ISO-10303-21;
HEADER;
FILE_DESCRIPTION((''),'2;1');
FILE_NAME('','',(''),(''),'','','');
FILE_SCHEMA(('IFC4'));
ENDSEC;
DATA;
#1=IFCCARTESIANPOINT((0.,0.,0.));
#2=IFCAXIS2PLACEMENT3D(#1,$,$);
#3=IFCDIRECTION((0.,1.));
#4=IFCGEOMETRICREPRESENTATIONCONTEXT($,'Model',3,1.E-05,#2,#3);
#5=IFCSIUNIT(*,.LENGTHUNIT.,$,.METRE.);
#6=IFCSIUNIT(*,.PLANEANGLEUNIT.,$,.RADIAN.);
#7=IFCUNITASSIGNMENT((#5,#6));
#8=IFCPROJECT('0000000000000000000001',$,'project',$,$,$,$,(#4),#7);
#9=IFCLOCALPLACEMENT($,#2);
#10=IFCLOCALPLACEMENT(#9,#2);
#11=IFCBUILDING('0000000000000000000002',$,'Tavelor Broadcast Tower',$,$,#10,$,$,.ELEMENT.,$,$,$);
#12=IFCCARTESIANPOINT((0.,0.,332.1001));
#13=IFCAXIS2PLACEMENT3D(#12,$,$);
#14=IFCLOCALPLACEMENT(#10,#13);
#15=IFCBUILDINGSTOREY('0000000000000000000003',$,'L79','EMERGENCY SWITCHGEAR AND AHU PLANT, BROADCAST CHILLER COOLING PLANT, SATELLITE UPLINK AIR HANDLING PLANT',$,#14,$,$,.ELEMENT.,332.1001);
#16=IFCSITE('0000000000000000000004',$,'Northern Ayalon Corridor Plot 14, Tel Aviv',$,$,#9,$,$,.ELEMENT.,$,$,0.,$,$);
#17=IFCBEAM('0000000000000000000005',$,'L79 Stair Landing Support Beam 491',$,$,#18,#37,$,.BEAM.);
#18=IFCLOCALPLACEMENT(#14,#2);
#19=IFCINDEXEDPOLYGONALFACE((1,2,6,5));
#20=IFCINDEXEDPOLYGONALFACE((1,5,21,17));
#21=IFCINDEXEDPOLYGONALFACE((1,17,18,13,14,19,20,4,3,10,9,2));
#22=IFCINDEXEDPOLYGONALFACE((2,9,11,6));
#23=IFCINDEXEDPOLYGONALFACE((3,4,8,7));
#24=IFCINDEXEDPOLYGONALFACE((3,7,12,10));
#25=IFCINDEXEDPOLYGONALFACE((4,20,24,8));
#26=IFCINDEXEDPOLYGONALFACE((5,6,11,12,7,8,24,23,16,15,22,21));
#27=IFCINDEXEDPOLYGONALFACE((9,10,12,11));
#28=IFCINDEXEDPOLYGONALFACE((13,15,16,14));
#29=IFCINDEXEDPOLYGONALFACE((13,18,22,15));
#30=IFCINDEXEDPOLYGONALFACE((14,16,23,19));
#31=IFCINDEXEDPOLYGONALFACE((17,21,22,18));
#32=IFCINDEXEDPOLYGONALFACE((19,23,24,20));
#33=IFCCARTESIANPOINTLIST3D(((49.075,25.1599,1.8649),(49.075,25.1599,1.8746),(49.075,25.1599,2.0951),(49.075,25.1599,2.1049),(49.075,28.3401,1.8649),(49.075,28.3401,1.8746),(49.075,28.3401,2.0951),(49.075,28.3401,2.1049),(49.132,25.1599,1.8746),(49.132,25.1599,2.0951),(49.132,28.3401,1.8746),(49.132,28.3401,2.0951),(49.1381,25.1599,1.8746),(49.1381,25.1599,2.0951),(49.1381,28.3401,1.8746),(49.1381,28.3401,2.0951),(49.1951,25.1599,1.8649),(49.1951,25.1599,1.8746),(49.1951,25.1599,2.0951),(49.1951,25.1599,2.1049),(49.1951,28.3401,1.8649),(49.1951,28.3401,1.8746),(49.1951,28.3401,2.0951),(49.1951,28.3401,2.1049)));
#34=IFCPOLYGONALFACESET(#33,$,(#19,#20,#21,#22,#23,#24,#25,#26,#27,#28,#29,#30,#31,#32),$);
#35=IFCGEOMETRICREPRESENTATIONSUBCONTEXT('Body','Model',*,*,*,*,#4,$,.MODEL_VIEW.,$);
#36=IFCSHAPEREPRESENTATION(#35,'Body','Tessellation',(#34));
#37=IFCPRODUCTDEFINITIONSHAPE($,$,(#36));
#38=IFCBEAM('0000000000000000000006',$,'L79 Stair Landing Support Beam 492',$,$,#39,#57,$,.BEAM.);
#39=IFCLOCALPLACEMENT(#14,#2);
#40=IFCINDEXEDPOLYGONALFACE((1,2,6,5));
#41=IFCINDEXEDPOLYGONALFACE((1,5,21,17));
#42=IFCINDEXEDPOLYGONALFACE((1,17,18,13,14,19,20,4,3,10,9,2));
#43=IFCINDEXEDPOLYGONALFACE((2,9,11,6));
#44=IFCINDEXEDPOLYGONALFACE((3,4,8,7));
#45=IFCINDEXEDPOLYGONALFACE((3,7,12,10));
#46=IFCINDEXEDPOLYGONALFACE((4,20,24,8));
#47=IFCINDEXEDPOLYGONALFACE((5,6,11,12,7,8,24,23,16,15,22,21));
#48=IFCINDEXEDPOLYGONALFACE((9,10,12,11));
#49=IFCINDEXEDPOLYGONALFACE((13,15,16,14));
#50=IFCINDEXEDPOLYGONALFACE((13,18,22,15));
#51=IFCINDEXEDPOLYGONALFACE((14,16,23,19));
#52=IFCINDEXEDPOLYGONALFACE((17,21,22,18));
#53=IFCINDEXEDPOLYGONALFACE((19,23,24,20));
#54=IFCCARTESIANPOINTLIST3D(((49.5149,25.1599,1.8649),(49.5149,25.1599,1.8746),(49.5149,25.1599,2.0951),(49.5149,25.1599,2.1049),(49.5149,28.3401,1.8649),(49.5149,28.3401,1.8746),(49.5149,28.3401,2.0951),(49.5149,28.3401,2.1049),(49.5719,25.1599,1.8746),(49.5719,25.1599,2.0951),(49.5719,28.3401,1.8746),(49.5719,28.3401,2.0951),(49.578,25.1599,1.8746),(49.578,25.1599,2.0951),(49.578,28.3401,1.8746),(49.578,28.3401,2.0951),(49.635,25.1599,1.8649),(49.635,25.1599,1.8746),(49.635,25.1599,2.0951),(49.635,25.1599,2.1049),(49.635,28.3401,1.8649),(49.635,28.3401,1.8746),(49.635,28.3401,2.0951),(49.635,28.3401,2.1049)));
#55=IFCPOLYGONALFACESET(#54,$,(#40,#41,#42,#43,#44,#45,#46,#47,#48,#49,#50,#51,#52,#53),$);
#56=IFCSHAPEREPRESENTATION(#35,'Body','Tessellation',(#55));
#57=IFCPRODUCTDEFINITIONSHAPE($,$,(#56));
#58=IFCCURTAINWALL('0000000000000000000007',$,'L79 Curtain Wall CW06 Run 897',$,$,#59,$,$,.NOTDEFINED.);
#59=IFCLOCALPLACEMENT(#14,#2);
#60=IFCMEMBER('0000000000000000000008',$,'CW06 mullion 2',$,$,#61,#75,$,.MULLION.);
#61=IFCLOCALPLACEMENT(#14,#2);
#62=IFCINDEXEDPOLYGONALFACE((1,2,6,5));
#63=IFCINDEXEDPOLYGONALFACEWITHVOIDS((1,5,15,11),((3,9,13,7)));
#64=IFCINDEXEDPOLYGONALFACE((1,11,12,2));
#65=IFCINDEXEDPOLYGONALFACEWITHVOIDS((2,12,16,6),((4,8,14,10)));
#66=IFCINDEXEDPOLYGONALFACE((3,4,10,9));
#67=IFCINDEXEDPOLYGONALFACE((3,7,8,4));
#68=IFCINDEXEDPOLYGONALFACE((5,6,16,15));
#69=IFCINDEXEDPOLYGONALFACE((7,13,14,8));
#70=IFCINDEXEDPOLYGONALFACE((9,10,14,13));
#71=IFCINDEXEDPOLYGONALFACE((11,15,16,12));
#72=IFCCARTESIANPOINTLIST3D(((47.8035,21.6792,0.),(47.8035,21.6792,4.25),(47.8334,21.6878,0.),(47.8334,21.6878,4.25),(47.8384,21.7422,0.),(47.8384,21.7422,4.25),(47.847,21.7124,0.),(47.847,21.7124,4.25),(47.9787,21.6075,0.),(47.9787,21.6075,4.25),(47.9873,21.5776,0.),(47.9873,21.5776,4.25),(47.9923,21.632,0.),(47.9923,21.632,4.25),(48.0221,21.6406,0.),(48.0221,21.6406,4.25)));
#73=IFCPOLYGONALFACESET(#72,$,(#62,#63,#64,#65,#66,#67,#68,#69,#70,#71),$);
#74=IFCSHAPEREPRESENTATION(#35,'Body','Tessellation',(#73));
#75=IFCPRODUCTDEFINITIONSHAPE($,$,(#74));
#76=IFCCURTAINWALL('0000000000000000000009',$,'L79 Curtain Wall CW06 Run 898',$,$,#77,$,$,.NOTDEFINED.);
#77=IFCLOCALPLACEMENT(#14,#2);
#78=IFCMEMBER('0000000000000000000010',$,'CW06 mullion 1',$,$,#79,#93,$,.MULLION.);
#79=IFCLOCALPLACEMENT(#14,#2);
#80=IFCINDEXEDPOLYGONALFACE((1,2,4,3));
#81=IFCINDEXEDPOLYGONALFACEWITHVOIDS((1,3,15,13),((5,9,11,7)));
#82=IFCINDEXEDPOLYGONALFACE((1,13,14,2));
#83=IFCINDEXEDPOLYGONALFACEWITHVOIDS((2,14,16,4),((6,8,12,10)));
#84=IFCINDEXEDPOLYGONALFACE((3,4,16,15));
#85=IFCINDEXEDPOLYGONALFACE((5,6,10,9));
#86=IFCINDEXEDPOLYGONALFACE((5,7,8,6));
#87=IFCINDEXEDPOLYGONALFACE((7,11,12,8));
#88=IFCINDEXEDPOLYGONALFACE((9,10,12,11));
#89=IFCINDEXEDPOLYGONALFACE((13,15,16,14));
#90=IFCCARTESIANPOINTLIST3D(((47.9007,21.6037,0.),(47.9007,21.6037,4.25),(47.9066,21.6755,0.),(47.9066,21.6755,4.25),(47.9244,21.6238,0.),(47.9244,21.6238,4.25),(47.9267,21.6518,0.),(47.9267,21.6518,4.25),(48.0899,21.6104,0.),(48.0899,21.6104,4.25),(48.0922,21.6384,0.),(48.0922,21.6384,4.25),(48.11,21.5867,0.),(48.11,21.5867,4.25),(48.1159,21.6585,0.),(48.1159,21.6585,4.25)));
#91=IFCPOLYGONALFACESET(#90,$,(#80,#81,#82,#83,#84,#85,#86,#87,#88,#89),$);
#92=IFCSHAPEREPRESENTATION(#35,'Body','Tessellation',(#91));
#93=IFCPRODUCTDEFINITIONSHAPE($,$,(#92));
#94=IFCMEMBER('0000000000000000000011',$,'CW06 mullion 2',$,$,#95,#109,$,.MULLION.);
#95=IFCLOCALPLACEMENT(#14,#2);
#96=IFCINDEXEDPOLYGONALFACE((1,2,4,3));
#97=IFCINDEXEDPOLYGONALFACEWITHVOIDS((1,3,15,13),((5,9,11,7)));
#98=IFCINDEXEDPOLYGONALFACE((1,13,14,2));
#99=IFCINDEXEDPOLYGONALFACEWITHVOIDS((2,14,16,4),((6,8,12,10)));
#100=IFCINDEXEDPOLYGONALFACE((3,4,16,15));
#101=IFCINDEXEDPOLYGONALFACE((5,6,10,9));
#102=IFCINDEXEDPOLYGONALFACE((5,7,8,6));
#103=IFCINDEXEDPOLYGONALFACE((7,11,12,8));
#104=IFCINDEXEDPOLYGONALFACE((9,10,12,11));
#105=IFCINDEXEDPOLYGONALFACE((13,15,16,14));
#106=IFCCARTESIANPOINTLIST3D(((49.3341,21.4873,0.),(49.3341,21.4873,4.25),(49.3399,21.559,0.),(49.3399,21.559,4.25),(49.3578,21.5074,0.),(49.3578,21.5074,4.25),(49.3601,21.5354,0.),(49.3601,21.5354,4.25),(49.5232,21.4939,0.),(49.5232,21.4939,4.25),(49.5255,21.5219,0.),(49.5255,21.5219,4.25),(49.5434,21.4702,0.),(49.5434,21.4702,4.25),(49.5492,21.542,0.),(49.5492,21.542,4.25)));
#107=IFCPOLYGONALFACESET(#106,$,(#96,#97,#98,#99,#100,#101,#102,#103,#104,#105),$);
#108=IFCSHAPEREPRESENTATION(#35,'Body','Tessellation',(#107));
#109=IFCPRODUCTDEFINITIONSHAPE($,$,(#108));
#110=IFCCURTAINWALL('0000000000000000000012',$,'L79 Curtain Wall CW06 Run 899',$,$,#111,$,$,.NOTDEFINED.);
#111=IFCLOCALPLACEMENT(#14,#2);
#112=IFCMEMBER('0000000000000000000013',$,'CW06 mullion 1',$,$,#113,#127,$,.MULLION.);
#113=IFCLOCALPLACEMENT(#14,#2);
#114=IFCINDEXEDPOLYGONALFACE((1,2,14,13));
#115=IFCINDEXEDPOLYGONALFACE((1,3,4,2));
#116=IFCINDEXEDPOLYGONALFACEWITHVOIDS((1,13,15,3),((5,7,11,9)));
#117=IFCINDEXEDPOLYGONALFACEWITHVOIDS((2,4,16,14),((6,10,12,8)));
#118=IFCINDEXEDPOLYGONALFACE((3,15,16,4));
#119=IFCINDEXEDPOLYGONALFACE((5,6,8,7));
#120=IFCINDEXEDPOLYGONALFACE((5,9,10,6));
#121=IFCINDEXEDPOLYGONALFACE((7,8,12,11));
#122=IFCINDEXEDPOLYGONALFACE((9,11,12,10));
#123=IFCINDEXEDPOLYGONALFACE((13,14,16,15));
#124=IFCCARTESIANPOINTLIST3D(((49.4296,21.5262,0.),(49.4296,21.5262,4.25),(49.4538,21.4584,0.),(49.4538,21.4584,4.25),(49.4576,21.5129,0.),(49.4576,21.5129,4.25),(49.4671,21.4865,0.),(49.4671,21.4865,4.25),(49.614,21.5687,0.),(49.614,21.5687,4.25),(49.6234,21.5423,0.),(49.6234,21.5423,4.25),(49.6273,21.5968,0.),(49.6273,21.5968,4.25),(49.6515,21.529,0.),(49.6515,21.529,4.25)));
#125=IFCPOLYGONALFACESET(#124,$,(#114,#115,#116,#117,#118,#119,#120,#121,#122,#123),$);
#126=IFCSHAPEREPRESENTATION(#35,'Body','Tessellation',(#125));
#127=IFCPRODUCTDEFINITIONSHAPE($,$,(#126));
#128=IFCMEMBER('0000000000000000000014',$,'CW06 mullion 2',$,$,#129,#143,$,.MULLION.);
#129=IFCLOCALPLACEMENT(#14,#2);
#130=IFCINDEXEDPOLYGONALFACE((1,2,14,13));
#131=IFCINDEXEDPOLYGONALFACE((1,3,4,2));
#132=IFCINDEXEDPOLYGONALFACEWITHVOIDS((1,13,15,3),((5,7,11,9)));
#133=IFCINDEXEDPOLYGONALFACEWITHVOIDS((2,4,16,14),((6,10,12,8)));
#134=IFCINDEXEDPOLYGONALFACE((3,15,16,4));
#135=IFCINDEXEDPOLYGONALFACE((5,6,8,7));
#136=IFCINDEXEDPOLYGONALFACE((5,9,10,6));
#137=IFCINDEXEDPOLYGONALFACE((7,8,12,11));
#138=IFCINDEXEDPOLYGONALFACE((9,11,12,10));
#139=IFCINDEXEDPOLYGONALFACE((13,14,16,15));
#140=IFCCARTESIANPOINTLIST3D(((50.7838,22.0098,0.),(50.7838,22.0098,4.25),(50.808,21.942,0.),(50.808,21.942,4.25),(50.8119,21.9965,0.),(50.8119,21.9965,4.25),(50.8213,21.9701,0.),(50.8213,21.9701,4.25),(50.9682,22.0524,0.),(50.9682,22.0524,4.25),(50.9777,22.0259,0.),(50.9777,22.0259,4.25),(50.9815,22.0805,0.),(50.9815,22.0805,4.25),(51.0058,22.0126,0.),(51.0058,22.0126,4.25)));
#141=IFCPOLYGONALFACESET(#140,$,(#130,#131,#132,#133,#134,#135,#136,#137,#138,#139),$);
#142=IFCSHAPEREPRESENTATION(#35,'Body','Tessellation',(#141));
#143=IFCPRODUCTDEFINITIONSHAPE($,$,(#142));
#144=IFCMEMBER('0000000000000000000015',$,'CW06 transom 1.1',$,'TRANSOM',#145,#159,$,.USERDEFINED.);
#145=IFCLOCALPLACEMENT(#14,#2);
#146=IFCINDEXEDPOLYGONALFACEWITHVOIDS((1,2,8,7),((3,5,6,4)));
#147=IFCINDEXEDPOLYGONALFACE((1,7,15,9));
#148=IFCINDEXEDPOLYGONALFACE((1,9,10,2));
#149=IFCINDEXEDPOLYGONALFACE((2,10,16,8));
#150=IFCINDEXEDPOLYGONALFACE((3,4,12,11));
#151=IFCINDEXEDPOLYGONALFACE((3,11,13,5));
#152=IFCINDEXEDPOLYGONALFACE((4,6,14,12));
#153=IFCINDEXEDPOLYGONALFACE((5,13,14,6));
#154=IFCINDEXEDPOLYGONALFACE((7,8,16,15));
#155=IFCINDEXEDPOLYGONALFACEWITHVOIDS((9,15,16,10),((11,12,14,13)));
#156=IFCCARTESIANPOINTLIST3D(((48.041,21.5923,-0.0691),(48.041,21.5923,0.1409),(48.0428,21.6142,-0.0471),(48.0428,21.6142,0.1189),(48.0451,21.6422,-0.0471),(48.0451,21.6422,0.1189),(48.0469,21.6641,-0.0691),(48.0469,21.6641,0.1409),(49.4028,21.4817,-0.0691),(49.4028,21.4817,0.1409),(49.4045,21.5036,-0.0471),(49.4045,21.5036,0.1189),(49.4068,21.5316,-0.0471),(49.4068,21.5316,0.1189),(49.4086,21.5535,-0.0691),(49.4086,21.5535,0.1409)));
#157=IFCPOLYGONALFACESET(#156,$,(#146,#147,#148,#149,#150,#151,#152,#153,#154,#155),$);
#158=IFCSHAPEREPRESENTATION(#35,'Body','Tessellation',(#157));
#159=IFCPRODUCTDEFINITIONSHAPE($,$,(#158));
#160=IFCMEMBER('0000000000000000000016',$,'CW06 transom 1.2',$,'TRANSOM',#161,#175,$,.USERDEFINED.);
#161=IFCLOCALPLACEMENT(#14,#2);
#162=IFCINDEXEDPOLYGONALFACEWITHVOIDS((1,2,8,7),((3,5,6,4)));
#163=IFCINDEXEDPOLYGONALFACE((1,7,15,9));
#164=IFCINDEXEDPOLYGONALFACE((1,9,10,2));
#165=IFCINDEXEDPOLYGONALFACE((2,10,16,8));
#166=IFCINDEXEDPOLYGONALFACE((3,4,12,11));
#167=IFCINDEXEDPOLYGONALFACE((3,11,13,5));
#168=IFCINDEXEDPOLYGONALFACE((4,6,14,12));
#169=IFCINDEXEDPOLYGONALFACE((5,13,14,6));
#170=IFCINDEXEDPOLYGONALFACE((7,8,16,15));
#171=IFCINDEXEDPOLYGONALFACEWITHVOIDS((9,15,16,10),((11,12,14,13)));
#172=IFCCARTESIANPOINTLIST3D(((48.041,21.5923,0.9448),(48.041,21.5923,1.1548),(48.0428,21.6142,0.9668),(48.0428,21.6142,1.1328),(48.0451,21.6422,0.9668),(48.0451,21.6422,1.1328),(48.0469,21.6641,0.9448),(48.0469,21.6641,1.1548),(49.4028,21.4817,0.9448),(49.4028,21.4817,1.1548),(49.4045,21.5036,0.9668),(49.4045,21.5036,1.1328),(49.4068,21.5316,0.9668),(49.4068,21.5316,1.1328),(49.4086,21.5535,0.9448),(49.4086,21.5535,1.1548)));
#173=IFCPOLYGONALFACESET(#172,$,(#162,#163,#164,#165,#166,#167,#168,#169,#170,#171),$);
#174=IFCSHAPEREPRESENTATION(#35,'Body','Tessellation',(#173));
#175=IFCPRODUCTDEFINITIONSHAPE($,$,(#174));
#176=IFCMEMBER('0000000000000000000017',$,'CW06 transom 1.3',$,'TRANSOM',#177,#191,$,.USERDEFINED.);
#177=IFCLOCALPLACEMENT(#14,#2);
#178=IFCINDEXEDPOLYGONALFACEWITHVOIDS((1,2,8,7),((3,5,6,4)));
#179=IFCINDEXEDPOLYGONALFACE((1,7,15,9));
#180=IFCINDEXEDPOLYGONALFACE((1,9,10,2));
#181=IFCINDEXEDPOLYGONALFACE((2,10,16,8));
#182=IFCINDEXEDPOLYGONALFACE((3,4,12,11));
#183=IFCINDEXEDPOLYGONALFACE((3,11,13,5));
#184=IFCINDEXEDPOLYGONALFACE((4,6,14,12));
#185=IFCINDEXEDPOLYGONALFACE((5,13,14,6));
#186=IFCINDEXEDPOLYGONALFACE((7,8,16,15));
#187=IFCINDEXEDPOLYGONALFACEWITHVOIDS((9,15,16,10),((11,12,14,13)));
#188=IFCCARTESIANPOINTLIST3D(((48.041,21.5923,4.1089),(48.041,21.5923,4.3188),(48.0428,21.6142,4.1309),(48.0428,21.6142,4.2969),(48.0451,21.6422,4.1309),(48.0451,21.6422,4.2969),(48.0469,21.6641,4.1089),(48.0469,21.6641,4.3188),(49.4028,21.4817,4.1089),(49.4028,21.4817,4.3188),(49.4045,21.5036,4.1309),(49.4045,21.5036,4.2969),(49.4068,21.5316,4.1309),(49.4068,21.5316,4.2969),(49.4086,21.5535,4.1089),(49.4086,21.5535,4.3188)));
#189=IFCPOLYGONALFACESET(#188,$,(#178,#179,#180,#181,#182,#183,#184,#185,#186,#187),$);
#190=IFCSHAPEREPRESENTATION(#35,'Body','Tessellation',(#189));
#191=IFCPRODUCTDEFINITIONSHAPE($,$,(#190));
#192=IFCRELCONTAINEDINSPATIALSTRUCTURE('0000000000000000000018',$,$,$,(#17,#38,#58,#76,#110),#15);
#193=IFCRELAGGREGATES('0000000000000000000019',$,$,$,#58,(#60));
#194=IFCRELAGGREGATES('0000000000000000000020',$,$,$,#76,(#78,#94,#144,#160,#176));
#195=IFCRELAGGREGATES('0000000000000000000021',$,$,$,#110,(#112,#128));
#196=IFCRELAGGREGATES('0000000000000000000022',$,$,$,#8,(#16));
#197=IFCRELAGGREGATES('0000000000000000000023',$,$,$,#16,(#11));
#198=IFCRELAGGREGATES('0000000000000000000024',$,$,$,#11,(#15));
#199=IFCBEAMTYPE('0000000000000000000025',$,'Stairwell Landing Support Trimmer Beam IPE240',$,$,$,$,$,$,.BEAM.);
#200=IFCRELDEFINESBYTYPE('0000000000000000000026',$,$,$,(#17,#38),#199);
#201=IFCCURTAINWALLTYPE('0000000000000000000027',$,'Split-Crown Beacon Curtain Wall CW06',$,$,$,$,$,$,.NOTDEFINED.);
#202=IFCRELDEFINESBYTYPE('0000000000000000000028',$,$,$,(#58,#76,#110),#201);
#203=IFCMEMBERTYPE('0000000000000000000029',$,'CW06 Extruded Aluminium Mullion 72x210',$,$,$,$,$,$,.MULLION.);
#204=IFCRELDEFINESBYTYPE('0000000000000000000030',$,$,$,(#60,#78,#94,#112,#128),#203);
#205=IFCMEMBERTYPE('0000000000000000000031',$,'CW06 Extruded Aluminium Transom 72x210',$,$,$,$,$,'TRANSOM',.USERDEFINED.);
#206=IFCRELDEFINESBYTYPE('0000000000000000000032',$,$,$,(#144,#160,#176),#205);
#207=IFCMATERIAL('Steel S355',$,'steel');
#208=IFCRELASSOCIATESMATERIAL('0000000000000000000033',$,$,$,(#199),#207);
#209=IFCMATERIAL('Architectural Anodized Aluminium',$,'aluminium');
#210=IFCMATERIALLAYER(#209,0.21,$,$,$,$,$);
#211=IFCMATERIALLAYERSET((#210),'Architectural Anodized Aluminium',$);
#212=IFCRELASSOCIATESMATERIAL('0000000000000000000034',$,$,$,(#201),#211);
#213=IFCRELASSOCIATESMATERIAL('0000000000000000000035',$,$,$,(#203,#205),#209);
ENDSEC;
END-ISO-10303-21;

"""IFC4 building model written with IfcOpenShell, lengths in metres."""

from ifc_helpers import new_model, si_unit, direction, frame, origin, origin_2d, place, context, subcontext, project, spatial, hollow_rectangle, i_section, extrude, source, transform, mapped, material, layer, layer_set, material_profile, profile_set, type_object, type_shapes, element, aggregate, save


model = new_model("IFC4")

# Units and contexts
model_context = context("Model", 3, precision=1e-05, world=origin(), true_north=direction((0.0, 1.0)))
body_context = subcontext(model_context, "Body", "Model", "MODEL_VIEW")
ifc_project = project(units=[si_unit("LENGTHUNIT", "METRE"), si_unit("PLANEANGLEUNIT", "RADIAN")], contexts=[model_context])

# Site, building, storey
site_placement = place(None, origin())
site = spatial("IfcSite", under=ifc_project, at=site_placement, Name="Northern Ayalon Corridor Plot 14, Tel Aviv", CompositionType="ELEMENT", RefElevation=0.0)
building_placement = place(site_placement, origin())
building = spatial("IfcBuilding", under=site, at=building_placement, Name="Tavelor Broadcast Tower", CompositionType="ELEMENT")
storey_placement = place(building_placement, frame((0.0, 0.0, 332.1001)))
storey = spatial("IfcBuildingStorey", under=building, at=storey_placement, Name="L79", Description="EMERGENCY SWITCHGEAR AND AHU PLANT, BROADCAST CHILLER COOLING PLANT, SATELLITE UPLINK AIR HANDLING PLANT", CompositionType="ELEMENT", Elevation=332.1001)

# Beams
ifc_material_1 = material(Name="Steel S355", Category="steel")
ifc_material_profile_1 = material_profile(ifc_material_1, i_section(OverallWidth=0.1201, OverallDepth=0.24, WebThickness=0.0061, FlangeThickness=0.0098, at=origin_2d()), Name="IPE 240")
ifc_profile_set_1 = profile_set([ifc_material_profile_1], Name="Steel S355")
beam_type = type_object("IfcBeamType", Name="Stairwell Landing Support Trimmer Beam IPE240", PredefinedType="BEAM", material=ifc_profile_set_1)
for number, where, z_axis, x_axis, name in (
    (1, (49.135, 25.1599, 1.9849), (0.0, 1.0, 0.0), (-1.0, 0.0, 0.0), "L79 Stair Landing Support Beam 491"),
    (2, (49.575, 25.1599, 1.9849), (0.0, 1.0, 0.0), (-1.0, 0.0, 0.0), "L79 Stair Landing Support Beam 492"),
):
    element("IfcBeam", number, at=place(storey_placement, frame(where, z_axis=z_axis, x_axis=x_axis)), inside=storey, type_object=beam_type, Name=name, PredefinedType="BEAM", context=body_context, shape_type="SweptSolid", body=[
        extrude(i_section(OverallWidth=0.1201, OverallDepth=0.24, WebThickness=0.0061, FlangeThickness=0.0098, at=origin_2d()), origin(), (0.0, 0.0, 1.0), 3.1802),
    ])

# Curtain wall, member
ifc_material_2 = material(Name="Architectural Anodized Aluminium", Category="aluminium")
ifc_layer_1 = layer(ifc_material_2, 0.21)
ifc_layer_set_1 = layer_set([ifc_layer_1], Name="Architectural Anodized Aluminium")
curtain_wall_type = type_object("IfcCurtainWallType", Name="Split-Crown Beacon Curtain Wall CW06", PredefinedType="NOTDEFINED", material=ifc_layer_set_1)
curtain_wall_1_placement = place(storey_placement, origin())
curtain_wall_1 = element("IfcCurtainWall", 3, at=curtain_wall_1_placement, inside=storey, type_object=curtain_wall_type, Name="L79 Curtain Wall CW06 Run 897", PredefinedType="NOTDEFINED")
ifc_material_profile_2 = material_profile(ifc_material_2, hollow_rectangle(XDim=0.072, YDim=0.21, WallThickness=0.022, at=origin_2d()), Name="RHS 72x210x22")
ifc_profile_set_2 = profile_set([ifc_material_profile_2], Name="Architectural Anodized Aluminium")
member_type_1 = type_object("IfcMemberType", Name="CW06 Extruded Aluminium Mullion 72x210", PredefinedType="MULLION", material=ifc_profile_set_2)
shared_shape_1 = source(origin(), body_context, "Body", "SweptSolid", [
    extrude(hollow_rectangle(XDim=0.072, YDim=0.21, WallThickness=0.022, at=origin_2d()), origin(), (0.0, 0.0, 1.0), 4.25),
])
type_shapes(member_type_1, [shared_shape_1])
member_1_placement = place(storey_placement, frame((47.9128, 21.6599, 0.0), z_axis=(0.0, 0.0, 1.0), x_axis=(0.484001, 0.875068, 0.0)))
member_1 = element("IfcMember", 4, at=member_1_placement, type_object=member_type_1, Name="CW06 mullion 2", PredefinedType="MULLION", context=body_context, shape_type="MappedRepresentation", body=[
    mapped(shared_shape_1, transform((0.0, 0.0, 0.0), scale=1.0)),
])

# Curtain walls, members
curtain_wall_2_placement = place(storey_placement, origin())
curtain_wall_2 = element("IfcCurtainWall", 5, at=curtain_wall_2_placement, inside=storey, type_object=curtain_wall_type, Name="L79 Curtain Wall CW06 Run 898", PredefinedType="NOTDEFINED")
member_2_placement = place(storey_placement, frame((48.0083, 21.6311, 0.0), z_axis=(0.0, 0.0, 1.0), x_axis=(0.081045, 0.99671, 0.0)))
member_2 = element("IfcMember", 6, at=member_2_placement, type_object=member_type_1, Name="CW06 mullion 1", PredefinedType="MULLION", context=body_context, shape_type="MappedRepresentation", body=[
    mapped(shared_shape_1, transform((0.0, 0.0, 0.0), scale=1.0)),
])
member_3_placement = place(storey_placement, frame((49.4417, 21.5146, 0.0), z_axis=(0.0, 0.0, 1.0), x_axis=(0.081045, 0.99671, 0.0)))
member_3 = element("IfcMember", 7, at=member_3_placement, type_object=member_type_1, Name="CW06 mullion 2", PredefinedType="MULLION", context=body_context, shape_type="MappedRepresentation", body=[
    mapped(shared_shape_1, transform((0.0, 0.0, 0.0), scale=1.0)),
])
curtain_wall_3_placement = place(storey_placement, origin())
curtain_wall_3 = element("IfcCurtainWall", 8, at=curtain_wall_3_placement, inside=storey, type_object=curtain_wall_type, Name="L79 Curtain Wall CW06 Run 899", PredefinedType="NOTDEFINED")
member_4_placement = place(storey_placement, frame((49.5405, 21.5276, 0.0), z_axis=(0.0, 0.0, 1.0), x_axis=(-0.33632, 0.941748, 0.0)))
member_4 = element("IfcMember", 9, at=member_4_placement, type_object=member_type_1, Name="CW06 mullion 1", PredefinedType="MULLION", context=body_context, shape_type="MappedRepresentation", body=[
    mapped(shared_shape_1, transform((0.0, 0.0, 0.0), scale=1.0)),
])
member_5_placement = place(storey_placement, frame((50.8948, 22.0112, 0.0), z_axis=(0.0, 0.0, 1.0), x_axis=(-0.33632, 0.941748, 0.0)))
member_5 = element("IfcMember", 10, at=member_5_placement, type_object=member_type_1, Name="CW06 mullion 2", PredefinedType="MULLION", context=body_context, shape_type="MappedRepresentation", body=[
    mapped(shared_shape_1, transform((0.0, 0.0, 0.0), scale=1.0)),
])

# Members
ifc_material_profile_3 = material_profile(ifc_material_2, hollow_rectangle(XDim=0.072, YDim=0.21, WallThickness=0.022, at=origin_2d()), Name="RHS 72x210x22")
ifc_profile_set_3 = profile_set([ifc_material_profile_3], Name="Architectural Anodized Aluminium")
member_type_2 = type_object("IfcMemberType", Name="CW06 Extruded Aluminium Transom 72x210", ElementType="TRANSOM", PredefinedType="USERDEFINED", material=ifc_profile_set_3)
shared_shape_2 = source(origin(), body_context, "Body", "SweptSolid", [
    extrude(hollow_rectangle(XDim=0.072, YDim=0.21, WallThickness=0.022, at=origin_2d()), origin(), (0.0, 0.0, 1.0), 1.3662),
])
type_shapes(member_type_2, [shared_shape_2])
member_6_placement = place(storey_placement, frame((48.0439, 21.6282, 0.0359), z_axis=(0.996719, -0.080945, 0.0), x_axis=(0.080945, 0.996719, 0.0)))
member_6 = element("IfcMember", 11, at=member_6_placement, type_object=member_type_2, Name="CW06 transom 1.1", ObjectType="TRANSOM", PredefinedType="USERDEFINED", context=body_context, shape_type="MappedRepresentation", body=[
    mapped(shared_shape_2, transform((0.0, 0.0, 0.0), scale=1.0)),
])
member_7_placement = place(storey_placement, frame((48.0439, 21.6282, 1.0498), z_axis=(0.996719, -0.080945, 0.0), x_axis=(0.080945, 0.996719, 0.0)))
member_7 = element("IfcMember", 12, at=member_7_placement, type_object=member_type_2, Name="CW06 transom 1.2", ObjectType="TRANSOM", PredefinedType="USERDEFINED", context=body_context, shape_type="MappedRepresentation", body=[
    mapped(shared_shape_2, transform((0.0, 0.0, 0.0), scale=1.0)),
])
member_8_placement = place(storey_placement, frame((48.0439, 21.6282, 4.2139), z_axis=(0.996719, -0.080945, 0.0), x_axis=(0.080945, 0.996719, 0.0)))
member_8 = element("IfcMember", 13, at=member_8_placement, type_object=member_type_2, Name="CW06 transom 1.3", ObjectType="TRANSOM", PredefinedType="USERDEFINED", context=body_context, shape_type="MappedRepresentation", body=[
    mapped(shared_shape_2, transform((0.0, 0.0, 0.0), scale=1.0)),
])

aggregate(curtain_wall_1, [member_1])
aggregate(curtain_wall_2, [member_2, member_3, member_6, member_7, member_8])
aggregate(curtain_wall_3, [member_4, member_5])

save(model, "model.ifc")
